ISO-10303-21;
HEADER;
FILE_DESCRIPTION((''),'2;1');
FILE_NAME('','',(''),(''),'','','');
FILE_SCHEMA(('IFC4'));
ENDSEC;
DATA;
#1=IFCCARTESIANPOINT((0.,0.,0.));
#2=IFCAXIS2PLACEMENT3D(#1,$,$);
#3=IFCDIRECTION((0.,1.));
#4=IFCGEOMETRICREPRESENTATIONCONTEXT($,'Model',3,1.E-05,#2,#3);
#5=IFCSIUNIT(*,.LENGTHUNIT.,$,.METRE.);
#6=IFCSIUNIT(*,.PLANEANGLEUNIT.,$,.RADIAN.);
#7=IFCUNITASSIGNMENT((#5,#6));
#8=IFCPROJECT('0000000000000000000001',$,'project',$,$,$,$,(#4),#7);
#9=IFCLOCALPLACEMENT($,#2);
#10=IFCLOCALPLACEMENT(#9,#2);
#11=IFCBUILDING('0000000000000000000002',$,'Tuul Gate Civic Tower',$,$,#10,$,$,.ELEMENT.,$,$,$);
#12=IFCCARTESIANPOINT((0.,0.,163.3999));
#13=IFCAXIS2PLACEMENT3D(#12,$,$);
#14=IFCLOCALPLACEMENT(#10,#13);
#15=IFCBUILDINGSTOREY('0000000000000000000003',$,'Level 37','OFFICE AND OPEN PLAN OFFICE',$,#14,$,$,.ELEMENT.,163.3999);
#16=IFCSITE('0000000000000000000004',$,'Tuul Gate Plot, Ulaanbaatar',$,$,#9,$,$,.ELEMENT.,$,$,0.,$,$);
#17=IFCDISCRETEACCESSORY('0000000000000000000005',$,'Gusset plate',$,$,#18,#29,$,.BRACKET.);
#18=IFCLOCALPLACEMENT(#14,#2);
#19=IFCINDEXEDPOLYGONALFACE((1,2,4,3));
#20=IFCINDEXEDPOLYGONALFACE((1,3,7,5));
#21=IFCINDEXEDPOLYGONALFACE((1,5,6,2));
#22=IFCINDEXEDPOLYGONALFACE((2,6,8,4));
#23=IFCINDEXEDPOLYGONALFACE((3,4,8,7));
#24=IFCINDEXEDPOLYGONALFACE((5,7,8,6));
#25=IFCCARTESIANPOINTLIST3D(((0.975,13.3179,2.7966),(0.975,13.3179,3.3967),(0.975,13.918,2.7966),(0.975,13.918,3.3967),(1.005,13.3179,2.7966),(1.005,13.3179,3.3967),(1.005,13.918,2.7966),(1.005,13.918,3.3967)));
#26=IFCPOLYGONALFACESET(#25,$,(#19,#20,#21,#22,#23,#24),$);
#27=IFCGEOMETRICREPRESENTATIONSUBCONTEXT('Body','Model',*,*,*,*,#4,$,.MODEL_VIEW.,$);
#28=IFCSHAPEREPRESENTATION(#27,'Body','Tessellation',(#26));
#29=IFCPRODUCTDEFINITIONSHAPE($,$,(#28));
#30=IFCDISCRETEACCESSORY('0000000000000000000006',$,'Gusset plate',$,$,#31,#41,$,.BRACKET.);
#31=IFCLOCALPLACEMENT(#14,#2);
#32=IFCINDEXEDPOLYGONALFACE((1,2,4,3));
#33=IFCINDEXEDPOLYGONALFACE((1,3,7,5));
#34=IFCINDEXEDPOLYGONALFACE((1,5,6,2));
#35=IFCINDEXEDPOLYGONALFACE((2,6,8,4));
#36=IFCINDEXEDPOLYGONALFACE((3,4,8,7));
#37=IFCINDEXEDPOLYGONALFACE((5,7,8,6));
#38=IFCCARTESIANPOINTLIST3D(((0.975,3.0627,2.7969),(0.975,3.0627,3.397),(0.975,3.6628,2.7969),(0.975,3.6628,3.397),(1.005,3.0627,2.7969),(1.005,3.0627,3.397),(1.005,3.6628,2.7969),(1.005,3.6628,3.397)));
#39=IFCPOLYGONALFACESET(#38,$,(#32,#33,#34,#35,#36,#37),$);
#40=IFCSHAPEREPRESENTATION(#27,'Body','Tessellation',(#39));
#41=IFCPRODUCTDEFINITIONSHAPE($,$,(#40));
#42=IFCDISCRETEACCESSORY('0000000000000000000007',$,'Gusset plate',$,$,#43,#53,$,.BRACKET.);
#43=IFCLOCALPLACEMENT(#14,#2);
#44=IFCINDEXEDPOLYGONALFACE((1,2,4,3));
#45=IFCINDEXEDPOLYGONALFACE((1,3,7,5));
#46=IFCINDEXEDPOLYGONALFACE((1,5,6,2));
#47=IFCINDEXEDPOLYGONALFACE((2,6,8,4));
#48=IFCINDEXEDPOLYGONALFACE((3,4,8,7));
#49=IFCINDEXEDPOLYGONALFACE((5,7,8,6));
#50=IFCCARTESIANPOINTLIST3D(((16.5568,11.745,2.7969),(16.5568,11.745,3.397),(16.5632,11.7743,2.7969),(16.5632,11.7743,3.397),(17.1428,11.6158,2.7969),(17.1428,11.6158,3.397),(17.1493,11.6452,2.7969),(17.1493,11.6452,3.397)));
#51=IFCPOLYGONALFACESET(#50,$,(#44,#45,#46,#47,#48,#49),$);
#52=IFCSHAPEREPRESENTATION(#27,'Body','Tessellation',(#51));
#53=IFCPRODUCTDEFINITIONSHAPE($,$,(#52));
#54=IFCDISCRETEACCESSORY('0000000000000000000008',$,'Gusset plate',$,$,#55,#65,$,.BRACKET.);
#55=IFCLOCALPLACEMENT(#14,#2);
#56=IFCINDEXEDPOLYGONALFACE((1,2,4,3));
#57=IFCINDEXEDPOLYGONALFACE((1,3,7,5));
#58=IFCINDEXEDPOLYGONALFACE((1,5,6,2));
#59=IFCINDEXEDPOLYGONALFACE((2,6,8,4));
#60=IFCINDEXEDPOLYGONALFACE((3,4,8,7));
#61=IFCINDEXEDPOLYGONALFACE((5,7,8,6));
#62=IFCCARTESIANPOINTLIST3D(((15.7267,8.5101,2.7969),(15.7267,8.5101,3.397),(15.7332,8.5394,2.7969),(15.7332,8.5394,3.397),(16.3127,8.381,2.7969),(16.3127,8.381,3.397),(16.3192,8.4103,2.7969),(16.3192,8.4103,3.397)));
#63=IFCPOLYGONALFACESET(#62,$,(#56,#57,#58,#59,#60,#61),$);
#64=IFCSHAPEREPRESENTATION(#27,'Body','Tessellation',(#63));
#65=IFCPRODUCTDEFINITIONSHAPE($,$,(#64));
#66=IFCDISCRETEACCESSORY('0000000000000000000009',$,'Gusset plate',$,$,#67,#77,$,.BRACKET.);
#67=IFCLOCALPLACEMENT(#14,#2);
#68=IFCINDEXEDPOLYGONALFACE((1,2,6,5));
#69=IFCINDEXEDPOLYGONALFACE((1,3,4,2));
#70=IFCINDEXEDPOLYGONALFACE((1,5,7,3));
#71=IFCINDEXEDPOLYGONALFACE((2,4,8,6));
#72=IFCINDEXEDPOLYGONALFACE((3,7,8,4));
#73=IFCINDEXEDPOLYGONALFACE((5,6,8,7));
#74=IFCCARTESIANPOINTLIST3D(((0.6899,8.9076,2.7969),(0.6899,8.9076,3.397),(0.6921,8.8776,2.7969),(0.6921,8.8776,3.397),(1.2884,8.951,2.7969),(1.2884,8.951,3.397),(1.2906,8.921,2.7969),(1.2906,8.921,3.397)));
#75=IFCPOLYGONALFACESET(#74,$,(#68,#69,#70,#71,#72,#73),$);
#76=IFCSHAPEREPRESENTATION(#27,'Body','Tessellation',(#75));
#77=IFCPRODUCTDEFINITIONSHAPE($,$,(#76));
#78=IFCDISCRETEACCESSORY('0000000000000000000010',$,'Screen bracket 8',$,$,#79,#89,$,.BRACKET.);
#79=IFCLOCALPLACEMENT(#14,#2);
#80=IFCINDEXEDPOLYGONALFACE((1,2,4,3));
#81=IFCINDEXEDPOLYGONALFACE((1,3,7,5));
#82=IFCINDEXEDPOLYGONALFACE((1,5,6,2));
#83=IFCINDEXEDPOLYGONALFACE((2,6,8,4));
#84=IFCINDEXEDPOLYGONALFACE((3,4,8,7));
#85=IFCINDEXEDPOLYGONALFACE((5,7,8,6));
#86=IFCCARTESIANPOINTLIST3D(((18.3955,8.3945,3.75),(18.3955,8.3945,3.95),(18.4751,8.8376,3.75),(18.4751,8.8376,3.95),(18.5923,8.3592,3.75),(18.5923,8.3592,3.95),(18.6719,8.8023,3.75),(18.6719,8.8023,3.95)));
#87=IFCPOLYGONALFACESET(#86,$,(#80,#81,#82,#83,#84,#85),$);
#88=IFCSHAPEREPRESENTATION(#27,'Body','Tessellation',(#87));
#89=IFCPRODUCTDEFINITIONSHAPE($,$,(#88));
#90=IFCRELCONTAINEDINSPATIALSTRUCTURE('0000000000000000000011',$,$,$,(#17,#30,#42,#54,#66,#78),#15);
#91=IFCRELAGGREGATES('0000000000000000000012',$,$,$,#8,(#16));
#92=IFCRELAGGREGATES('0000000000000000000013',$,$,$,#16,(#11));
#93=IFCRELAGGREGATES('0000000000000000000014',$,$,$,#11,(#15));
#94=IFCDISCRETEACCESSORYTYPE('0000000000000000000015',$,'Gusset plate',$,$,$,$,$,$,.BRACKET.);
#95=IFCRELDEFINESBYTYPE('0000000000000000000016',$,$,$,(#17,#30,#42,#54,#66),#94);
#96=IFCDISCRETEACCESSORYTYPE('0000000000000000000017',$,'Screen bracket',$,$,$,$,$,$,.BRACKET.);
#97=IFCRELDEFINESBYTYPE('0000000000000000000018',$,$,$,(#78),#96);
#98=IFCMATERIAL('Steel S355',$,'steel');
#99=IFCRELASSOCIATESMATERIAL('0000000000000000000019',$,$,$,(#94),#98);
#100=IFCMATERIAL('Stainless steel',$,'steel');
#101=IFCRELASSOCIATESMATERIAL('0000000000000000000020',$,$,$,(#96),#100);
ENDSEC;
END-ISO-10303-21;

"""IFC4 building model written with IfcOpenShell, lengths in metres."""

from ifc_helpers import new_model, si_unit, direction, frame, origin, origin_2d, place, context, subcontext, project, spatial, rectangle, extrude, material, type_object, element, save


model = new_model("IFC4")

# Units and contexts
model_context = context("Model", 3, precision=1e-05, world=origin(), true_north=direction((0.0, 1.0)))
body_context = subcontext(model_context, "Body", "Model", "MODEL_VIEW")
ifc_project = project(units=[si_unit("LENGTHUNIT", "METRE"), si_unit("PLANEANGLEUNIT", "RADIAN")], contexts=[model_context])

# Site, building, storey
site_placement = place(None, origin())
site = spatial("IfcSite", under=ifc_project, at=site_placement, Name="Tuul Gate Plot, Ulaanbaatar", CompositionType="ELEMENT", RefElevation=0.0)
building_placement = place(site_placement, origin())
building = spatial("IfcBuilding", under=site, at=building_placement, Name="Tuul Gate Civic Tower", CompositionType="ELEMENT")
storey_placement = place(building_placement, frame((0.0, 0.0, 163.3999)))
storey = spatial("IfcBuildingStorey", under=building, at=storey_placement, Name="Level 37", Description="OFFICE AND OPEN PLAN OFFICE", CompositionType="ELEMENT", Elevation=163.3999)

# Discrete accessories
ifc_material_1 = material(Name="Steel S355", Category="steel")
discrete_accessory_type_1 = type_object("IfcDiscreteAccessoryType", Name="Gusset plate", PredefinedType="BRACKET", material=ifc_material_1)
for number, where, z_axis, x_axis, name in (
    (1, (0.99, 13.6179, 2.7966), (0.0, 0.0, 1.0), (0.0, -1.0, 0.0), "Gusset plate"),
    (2, (0.99, 3.3628, 2.7969), (0.0, 0.0, 1.0), (0.0, 1.0, 0.0), "Gusset plate"),
    (3, (16.853, 11.6951, 2.7969), (0.0, 0.0, 1.0), (0.976569, -0.215205, 0.0), "Gusset plate"),
    (4, (16.0229, 8.4602, 2.7969), (0.0, 0.0, 1.0), (0.976569, -0.215205, 0.0), "Gusset plate"),
    (5, (0.9902, 8.9143, 2.7969), (0.0, 0.0, 1.0), (0.997383, 0.072305, 0.0), "Gusset plate"),
):
    element("IfcDiscreteAccessory", number, at=place(storey_placement, frame(where, z_axis=z_axis, x_axis=x_axis)), inside=storey, type_object=discrete_accessory_type_1, Name=name, PredefinedType="BRACKET", context=body_context, shape_type="SweptSolid", body=[
        extrude(rectangle(XDim=0.6001, YDim=0.03, at=origin_2d()), origin(), (0.0, 0.0, 1.0), 0.6001),
    ])
ifc_material_2 = material(Name="Stainless steel", Category="steel")
discrete_accessory_type_2 = type_object("IfcDiscreteAccessoryType", Name="Screen bracket", PredefinedType="BRACKET", material=ifc_material_2)
discrete_accessory_placement = place(storey_placement, frame((18.5337, 8.5984, 3.75), z_axis=(0.0, 0.0, 1.0), x_axis=(0.176794, 0.984248, 0.0)))
element("IfcDiscreteAccessory", 6, at=discrete_accessory_placement, inside=storey, type_object=discrete_accessory_type_2, Name="Screen bracket 8", PredefinedType="BRACKET", context=body_context, shape_type="SweptSolid", body=[
    extrude(rectangle(XDim=0.4502, YDim=0.2, at=origin_2d()), origin(), (0.0, 0.0, 1.0), 0.2),
])

save(model, "model.ifc")
